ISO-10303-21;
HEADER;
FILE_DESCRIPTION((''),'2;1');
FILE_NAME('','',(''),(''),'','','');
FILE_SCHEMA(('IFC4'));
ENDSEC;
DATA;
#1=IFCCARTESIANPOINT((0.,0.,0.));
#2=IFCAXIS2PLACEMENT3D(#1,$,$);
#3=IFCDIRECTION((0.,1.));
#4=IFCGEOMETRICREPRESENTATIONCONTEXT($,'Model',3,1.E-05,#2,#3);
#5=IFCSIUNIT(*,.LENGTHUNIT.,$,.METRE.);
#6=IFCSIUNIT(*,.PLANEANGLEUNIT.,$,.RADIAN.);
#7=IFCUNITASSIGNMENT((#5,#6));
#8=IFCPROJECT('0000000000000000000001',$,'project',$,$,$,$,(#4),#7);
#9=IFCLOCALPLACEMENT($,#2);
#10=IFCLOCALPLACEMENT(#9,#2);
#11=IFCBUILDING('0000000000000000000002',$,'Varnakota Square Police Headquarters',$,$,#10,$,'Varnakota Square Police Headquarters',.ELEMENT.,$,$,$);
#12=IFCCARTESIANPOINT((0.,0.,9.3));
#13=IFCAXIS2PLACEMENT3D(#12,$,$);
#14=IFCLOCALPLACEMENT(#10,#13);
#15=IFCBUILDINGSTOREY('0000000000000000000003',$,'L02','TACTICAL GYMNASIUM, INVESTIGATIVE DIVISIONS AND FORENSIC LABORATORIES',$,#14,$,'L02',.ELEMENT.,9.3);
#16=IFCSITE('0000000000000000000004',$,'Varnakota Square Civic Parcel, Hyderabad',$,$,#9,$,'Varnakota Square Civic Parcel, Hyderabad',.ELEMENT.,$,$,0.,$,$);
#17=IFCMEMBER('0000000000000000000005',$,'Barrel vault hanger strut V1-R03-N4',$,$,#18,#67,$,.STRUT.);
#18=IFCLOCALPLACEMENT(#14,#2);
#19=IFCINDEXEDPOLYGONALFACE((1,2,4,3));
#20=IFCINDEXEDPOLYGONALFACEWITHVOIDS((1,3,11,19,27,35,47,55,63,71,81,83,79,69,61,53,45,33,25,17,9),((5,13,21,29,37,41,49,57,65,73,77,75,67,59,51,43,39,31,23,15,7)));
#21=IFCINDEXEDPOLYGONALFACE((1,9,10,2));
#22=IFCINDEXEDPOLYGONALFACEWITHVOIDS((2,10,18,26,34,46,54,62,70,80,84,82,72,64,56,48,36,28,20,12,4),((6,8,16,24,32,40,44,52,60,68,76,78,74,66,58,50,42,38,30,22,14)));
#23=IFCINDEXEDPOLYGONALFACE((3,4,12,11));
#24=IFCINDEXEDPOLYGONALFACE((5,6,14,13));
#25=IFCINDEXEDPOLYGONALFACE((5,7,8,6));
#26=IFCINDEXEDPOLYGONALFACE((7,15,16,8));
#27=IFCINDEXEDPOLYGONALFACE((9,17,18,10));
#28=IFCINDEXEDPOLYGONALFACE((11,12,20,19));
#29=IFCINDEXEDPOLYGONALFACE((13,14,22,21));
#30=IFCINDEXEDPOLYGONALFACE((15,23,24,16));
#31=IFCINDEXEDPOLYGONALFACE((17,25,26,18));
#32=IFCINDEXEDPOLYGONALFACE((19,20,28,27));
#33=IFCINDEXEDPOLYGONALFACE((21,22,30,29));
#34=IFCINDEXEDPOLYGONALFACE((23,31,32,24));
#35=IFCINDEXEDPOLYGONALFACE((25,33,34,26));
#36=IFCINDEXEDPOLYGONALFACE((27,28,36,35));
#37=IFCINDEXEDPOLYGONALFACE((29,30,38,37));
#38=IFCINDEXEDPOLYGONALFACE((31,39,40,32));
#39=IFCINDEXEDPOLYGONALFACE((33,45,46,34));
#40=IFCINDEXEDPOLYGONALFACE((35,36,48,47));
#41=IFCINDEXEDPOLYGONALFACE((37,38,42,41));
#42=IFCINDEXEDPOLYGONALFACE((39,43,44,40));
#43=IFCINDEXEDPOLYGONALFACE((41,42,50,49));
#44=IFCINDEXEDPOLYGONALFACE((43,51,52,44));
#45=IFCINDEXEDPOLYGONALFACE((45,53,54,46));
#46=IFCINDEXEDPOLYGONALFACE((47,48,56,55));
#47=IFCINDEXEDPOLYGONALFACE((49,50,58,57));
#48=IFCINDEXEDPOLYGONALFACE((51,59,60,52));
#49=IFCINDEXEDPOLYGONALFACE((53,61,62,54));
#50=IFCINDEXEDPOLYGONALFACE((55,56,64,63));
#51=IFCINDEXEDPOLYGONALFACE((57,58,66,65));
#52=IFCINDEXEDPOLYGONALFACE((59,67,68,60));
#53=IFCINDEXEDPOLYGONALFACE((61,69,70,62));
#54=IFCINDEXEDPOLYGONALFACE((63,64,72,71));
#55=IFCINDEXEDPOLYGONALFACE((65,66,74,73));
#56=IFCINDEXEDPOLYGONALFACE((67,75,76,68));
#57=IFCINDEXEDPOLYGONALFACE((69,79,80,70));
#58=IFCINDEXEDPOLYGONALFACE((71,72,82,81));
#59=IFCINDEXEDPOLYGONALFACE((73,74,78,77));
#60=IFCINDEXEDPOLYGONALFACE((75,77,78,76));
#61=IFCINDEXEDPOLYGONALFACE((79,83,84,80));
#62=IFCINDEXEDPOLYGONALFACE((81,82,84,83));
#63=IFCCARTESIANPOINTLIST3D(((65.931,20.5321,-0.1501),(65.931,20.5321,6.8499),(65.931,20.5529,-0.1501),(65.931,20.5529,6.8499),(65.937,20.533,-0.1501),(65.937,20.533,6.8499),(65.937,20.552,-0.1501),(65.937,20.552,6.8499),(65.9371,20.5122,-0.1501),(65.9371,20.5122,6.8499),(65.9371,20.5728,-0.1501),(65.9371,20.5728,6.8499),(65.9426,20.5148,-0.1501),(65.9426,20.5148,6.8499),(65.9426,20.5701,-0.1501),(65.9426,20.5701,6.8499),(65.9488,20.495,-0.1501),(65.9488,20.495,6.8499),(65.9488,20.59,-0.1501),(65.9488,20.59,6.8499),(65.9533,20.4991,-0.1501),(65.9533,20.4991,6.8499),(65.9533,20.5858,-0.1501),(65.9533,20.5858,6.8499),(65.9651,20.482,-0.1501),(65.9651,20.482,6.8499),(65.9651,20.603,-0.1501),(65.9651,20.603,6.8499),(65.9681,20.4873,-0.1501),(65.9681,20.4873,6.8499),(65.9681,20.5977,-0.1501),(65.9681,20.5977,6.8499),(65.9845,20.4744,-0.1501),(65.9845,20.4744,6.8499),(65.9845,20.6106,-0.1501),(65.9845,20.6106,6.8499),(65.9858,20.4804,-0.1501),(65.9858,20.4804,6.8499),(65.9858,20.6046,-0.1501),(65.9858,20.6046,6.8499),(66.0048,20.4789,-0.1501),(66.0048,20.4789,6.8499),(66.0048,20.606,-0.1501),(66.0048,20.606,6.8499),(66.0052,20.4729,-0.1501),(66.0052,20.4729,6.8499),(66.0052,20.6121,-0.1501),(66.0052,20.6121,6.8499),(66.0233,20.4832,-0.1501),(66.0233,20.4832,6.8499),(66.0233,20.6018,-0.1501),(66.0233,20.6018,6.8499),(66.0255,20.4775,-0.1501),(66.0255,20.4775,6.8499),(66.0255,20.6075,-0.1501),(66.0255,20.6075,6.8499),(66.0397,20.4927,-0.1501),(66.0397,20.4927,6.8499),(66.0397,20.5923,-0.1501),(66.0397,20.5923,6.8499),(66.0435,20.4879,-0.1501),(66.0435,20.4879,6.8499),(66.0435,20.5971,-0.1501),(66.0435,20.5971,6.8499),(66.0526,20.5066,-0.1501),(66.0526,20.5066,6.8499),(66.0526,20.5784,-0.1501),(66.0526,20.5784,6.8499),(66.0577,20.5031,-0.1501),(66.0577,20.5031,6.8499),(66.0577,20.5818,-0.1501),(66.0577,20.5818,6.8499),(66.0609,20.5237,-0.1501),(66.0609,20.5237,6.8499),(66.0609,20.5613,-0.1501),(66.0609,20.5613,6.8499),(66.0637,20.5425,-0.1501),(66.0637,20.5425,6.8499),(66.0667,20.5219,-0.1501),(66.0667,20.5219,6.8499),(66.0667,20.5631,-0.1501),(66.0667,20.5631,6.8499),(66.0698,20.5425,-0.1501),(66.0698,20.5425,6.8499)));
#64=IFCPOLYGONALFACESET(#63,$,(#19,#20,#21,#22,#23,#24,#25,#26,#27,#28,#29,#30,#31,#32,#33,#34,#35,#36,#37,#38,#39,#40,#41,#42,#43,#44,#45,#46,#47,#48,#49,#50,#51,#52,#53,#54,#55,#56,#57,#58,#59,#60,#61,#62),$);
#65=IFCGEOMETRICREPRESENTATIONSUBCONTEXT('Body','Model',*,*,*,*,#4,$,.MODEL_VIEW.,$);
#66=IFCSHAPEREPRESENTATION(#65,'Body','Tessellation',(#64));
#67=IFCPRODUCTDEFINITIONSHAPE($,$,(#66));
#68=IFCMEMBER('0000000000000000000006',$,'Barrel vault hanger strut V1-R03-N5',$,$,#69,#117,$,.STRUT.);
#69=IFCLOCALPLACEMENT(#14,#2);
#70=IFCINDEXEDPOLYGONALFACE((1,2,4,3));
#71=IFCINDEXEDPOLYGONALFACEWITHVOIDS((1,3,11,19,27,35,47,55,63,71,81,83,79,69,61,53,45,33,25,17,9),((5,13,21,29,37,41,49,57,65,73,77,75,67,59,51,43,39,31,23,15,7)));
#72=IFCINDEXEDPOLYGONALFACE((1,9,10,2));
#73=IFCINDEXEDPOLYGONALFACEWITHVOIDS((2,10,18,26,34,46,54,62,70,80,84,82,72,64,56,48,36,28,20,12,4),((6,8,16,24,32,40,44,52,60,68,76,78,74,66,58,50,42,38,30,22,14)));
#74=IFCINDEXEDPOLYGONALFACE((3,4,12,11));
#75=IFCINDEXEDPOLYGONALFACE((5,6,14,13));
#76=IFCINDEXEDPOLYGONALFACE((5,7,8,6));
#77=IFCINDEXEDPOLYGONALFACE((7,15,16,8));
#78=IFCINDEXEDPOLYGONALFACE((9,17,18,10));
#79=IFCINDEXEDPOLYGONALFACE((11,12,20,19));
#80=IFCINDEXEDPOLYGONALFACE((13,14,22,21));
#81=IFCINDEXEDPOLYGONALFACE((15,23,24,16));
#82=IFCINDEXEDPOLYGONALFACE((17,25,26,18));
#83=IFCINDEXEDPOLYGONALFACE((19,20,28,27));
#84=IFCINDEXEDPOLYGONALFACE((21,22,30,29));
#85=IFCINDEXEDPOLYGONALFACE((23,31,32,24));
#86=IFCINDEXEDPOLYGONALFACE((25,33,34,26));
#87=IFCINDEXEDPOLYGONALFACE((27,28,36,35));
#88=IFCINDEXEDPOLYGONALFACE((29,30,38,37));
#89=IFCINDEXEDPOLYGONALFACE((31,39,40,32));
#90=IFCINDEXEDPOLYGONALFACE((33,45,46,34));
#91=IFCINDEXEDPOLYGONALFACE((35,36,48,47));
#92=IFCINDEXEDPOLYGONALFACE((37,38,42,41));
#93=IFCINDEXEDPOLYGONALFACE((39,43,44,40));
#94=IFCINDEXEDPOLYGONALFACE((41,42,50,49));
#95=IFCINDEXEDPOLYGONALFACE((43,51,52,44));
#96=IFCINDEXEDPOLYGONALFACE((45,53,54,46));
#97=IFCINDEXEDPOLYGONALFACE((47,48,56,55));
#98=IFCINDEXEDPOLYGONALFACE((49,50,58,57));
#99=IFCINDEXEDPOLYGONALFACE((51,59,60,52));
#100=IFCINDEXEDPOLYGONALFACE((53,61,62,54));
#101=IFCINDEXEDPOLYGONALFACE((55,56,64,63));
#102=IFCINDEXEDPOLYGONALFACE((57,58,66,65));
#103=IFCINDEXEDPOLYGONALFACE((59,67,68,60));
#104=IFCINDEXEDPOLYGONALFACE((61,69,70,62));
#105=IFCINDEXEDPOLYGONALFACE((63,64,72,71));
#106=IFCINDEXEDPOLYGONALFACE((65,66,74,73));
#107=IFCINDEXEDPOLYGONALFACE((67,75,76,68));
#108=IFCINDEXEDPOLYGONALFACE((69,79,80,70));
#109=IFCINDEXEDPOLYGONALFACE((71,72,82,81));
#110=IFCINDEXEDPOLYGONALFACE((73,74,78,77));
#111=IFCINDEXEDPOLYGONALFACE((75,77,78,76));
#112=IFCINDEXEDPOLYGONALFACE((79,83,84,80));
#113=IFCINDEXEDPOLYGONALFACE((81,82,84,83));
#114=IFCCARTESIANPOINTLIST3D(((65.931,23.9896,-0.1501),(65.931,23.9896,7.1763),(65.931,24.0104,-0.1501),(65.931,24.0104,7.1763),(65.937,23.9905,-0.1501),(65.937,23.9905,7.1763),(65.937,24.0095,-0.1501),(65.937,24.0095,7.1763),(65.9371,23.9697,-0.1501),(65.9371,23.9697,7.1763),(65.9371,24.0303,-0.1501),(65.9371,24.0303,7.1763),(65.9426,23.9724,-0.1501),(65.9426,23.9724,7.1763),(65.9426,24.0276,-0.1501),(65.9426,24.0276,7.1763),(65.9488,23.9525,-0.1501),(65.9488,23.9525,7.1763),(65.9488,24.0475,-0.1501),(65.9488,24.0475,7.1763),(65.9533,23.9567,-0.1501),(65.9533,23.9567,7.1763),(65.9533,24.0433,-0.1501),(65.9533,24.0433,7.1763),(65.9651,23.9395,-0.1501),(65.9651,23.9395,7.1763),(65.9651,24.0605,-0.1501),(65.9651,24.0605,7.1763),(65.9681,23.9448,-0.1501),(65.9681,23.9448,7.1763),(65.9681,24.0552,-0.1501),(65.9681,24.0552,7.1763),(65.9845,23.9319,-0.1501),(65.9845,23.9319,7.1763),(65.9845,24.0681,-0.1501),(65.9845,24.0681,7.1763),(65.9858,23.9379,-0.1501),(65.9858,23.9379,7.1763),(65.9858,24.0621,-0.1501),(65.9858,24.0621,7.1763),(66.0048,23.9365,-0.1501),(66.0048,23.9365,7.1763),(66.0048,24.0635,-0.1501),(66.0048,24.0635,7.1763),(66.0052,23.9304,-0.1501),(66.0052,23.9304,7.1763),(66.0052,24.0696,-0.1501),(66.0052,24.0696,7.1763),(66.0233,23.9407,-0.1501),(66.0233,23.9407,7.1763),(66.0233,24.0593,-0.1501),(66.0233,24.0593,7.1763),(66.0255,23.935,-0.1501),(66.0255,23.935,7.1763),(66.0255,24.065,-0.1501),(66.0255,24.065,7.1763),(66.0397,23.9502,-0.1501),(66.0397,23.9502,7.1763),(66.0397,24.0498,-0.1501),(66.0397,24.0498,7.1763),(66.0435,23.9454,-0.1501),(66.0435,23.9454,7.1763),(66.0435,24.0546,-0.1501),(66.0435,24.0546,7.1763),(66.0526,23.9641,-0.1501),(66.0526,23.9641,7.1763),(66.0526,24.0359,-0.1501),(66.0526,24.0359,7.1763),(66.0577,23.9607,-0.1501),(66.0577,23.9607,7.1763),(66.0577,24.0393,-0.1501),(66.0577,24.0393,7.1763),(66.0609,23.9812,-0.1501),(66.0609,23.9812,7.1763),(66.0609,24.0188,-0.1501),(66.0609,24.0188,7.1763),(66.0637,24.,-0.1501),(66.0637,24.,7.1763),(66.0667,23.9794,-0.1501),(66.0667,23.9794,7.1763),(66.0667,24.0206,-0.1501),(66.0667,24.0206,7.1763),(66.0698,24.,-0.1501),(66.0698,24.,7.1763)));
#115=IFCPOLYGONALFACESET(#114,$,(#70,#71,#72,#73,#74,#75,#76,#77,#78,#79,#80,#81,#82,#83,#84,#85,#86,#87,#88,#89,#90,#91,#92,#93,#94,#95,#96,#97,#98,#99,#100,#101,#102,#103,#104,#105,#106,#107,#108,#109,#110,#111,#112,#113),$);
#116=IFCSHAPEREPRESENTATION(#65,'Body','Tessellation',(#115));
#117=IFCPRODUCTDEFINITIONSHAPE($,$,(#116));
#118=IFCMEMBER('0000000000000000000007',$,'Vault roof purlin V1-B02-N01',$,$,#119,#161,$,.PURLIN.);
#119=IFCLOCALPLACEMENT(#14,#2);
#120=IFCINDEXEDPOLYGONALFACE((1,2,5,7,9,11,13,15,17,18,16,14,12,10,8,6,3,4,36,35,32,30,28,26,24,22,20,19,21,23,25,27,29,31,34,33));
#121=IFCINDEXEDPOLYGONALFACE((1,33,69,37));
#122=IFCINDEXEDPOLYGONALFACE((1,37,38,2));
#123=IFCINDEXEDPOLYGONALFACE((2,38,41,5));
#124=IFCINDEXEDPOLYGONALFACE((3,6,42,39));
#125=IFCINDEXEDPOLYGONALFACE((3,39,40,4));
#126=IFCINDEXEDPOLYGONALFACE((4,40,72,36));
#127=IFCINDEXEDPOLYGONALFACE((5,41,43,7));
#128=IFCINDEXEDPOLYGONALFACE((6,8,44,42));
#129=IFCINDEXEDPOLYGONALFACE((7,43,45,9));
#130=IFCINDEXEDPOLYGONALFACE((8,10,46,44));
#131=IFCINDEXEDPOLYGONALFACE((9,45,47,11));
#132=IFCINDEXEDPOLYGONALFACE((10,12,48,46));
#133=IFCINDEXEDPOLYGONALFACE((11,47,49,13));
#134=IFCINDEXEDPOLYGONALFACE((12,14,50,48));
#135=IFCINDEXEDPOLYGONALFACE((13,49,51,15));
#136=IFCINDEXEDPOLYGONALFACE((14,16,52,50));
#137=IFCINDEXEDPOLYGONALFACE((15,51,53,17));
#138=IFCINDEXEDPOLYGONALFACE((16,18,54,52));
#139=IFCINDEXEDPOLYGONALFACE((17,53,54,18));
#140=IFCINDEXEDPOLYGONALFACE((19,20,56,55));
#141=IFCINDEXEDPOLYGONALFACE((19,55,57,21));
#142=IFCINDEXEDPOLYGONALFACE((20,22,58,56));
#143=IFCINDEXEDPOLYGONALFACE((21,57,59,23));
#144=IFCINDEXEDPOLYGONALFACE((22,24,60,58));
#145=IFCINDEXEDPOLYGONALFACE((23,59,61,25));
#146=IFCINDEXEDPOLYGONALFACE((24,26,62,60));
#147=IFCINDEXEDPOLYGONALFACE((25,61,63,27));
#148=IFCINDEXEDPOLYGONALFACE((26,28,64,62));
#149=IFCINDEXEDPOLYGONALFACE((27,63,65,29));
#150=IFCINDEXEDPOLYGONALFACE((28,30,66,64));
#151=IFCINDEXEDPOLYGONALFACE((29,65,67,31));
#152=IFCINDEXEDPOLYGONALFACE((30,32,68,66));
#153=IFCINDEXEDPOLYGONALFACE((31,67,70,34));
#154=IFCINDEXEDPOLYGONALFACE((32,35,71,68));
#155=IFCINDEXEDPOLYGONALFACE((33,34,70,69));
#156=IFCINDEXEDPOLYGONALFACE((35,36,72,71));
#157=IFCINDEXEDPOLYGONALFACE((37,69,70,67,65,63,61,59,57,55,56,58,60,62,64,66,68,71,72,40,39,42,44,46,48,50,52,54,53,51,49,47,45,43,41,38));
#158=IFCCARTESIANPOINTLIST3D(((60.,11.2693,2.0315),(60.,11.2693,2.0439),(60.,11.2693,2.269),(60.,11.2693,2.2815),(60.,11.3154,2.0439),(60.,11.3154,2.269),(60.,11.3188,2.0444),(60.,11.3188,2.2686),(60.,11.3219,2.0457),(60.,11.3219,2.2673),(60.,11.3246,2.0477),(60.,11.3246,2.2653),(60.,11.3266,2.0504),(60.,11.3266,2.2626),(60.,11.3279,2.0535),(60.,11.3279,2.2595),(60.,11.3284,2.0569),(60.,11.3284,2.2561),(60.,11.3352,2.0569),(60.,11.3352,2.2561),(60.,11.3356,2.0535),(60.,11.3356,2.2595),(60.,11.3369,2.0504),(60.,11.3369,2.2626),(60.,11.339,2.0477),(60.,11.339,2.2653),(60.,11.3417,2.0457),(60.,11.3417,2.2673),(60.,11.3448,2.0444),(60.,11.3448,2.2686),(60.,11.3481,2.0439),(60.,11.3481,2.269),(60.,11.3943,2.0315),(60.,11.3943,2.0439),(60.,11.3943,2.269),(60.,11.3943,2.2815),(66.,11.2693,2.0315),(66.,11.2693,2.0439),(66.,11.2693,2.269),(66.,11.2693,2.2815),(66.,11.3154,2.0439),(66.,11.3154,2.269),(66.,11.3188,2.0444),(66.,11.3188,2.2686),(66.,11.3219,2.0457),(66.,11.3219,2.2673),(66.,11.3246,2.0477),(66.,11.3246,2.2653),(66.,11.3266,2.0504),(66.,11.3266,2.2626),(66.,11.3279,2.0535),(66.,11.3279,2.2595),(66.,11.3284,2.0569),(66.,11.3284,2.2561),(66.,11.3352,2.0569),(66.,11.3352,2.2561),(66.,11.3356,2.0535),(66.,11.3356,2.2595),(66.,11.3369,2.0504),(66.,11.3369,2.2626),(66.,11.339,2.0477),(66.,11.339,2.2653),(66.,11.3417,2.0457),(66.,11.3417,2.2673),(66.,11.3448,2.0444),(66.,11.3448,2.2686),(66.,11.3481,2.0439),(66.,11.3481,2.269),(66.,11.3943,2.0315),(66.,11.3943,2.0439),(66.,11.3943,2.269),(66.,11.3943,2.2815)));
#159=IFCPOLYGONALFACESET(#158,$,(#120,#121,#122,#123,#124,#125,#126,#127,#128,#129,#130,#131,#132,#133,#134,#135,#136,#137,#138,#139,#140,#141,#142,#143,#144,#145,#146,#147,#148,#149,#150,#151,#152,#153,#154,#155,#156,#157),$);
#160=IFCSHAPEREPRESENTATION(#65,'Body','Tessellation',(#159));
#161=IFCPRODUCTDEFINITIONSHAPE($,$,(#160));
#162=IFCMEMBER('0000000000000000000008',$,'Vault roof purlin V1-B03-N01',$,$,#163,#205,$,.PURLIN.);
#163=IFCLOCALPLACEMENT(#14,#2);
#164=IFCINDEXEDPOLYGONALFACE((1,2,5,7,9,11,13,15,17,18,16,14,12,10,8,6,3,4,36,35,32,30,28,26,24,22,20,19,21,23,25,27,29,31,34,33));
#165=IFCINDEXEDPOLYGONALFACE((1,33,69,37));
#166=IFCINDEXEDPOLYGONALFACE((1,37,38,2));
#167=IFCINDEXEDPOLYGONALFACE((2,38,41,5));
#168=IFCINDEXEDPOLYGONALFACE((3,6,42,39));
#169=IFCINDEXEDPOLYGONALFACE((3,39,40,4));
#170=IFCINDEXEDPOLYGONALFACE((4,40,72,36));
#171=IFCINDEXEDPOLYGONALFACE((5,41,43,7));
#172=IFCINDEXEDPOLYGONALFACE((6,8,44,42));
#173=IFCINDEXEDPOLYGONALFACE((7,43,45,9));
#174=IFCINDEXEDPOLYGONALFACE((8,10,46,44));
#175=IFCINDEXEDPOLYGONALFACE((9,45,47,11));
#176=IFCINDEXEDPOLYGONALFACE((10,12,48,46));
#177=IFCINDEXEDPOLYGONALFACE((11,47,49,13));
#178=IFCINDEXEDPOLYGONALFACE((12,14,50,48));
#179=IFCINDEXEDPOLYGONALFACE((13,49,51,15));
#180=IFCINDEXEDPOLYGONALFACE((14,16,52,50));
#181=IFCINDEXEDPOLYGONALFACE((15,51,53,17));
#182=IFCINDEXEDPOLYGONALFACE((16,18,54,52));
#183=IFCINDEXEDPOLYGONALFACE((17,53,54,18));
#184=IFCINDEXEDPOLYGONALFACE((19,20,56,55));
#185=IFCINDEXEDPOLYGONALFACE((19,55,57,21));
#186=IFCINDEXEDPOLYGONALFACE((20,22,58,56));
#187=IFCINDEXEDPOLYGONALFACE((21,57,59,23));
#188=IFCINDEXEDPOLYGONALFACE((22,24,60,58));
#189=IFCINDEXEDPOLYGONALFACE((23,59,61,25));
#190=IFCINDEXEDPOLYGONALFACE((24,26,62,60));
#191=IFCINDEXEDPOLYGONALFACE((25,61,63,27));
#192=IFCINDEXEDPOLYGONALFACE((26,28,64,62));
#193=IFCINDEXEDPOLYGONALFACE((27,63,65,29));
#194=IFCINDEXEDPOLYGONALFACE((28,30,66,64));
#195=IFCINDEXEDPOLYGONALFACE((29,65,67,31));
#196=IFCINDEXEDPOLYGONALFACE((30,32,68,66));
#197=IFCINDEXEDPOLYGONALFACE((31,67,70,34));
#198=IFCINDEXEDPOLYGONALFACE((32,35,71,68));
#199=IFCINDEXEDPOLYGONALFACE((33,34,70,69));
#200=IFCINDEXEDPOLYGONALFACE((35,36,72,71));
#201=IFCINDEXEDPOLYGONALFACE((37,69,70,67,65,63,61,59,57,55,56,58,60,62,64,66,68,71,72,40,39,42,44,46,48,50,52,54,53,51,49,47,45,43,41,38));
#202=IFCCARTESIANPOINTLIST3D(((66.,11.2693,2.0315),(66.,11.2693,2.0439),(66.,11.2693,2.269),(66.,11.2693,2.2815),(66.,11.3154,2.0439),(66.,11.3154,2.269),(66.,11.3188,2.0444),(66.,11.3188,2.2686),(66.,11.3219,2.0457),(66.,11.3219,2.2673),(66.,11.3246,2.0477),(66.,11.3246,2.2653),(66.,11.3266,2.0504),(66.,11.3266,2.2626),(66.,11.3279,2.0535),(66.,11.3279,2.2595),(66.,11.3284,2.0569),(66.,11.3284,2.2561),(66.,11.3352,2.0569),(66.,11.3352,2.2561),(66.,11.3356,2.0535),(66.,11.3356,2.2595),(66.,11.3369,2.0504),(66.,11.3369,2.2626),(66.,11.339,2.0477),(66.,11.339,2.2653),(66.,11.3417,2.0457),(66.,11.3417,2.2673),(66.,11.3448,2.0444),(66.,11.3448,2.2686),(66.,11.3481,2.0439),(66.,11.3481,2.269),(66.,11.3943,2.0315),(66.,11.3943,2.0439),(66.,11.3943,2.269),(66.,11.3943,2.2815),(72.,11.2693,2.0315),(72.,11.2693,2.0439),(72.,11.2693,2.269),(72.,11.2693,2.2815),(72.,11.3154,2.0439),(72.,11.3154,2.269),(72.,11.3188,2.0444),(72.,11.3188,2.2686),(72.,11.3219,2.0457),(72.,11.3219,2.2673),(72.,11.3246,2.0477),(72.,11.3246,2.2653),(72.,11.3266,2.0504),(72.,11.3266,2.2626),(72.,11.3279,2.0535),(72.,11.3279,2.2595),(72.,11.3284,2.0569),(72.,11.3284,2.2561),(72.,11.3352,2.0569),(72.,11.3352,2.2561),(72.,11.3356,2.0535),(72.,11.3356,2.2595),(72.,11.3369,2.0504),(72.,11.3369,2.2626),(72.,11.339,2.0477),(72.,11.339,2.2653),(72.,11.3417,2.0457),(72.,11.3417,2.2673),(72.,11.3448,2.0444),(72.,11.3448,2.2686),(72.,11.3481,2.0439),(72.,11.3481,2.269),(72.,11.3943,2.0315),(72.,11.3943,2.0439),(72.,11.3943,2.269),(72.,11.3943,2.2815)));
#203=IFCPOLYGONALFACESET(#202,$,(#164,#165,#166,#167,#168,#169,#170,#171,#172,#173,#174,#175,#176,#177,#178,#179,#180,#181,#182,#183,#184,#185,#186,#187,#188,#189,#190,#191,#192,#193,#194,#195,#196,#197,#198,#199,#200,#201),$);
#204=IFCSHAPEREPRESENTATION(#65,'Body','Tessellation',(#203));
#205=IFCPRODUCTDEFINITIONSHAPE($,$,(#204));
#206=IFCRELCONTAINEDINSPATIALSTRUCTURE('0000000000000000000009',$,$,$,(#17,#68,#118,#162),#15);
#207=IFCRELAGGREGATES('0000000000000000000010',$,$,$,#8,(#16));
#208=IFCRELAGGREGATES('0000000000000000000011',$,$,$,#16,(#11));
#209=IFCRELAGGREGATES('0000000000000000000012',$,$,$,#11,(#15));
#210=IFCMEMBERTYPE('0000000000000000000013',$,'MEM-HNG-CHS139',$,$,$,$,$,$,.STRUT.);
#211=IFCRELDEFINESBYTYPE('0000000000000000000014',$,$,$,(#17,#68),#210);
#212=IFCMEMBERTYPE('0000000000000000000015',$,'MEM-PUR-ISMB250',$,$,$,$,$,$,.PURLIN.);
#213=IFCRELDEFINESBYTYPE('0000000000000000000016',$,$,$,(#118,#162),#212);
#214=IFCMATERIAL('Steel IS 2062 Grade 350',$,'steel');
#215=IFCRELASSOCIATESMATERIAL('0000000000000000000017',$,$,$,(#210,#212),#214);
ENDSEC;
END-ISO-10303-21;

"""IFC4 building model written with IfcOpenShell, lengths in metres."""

from ifc_helpers import new_model, si_unit, direction, frame, origin, origin_2d, place, context, subcontext, project, spatial, hollow_circle, i_section, extrude, material, material_profile, profile_set, type_object, element, save


model = new_model("IFC4")

# Units and contexts
model_context = context("Model", 3, precision=1e-05, world=origin(), true_north=direction((0.0, 1.0)))
body_context = subcontext(model_context, "Body", "Model", "MODEL_VIEW")
ifc_project = project(units=[si_unit("LENGTHUNIT", "METRE"), si_unit("PLANEANGLEUNIT", "RADIAN")], contexts=[model_context])

# Site, building, storey
site_placement = place(None, origin())
site = spatial("IfcSite", under=ifc_project, at=site_placement, Name="Varnakota Square Civic Parcel, Hyderabad", LongName="Varnakota Square Civic Parcel, Hyderabad", CompositionType="ELEMENT", RefElevation=0.0)
building_placement = place(site_placement, origin())
building = spatial("IfcBuilding", under=site, at=building_placement, Name="Varnakota Square Police Headquarters", LongName="Varnakota Square Police Headquarters", CompositionType="ELEMENT")
storey_placement = place(building_placement, frame((0.0, 0.0, 9.3)))
storey = spatial("IfcBuildingStorey", under=building, at=storey_placement, Name="L02", Description="TACTICAL GYMNASIUM, INVESTIGATIVE DIVISIONS AND FORENSIC LABORATORIES", LongName="L02", CompositionType="ELEMENT", Elevation=9.3)

# Shared definitions
ifc_material_1 = material(Name="Steel IS 2062 Grade 350", Category="steel")

# Members
ifc_material_profile_1 = material_profile(ifc_material_1, hollow_circle(Radius=0.0698, WallThickness=0.0061, at=origin_2d()), Name="CHS 139.7x6.0")
ifc_profile_set_1 = profile_set([ifc_material_profile_1], Name="Steel IS 2062 Grade 350")
member_type_1 = type_object("IfcMemberType", Name="MEM-HNG-CHS139", PredefinedType="STRUT", material=ifc_profile_set_1)
member_1_placement = place(storey_placement, frame((66.0, 20.5425, -0.1501), z_axis=(0.0, 0.0, 1.0), x_axis=(1.0, 0.0, 0.0)))
element("IfcMember", 1, at=member_1_placement, inside=storey, type_object=member_type_1, Name="Barrel vault hanger strut V1-R03-N4", PredefinedType="STRUT", context=body_context, shape_type="SweptSolid", body=[
    extrude(hollow_circle(Radius=0.0698, WallThickness=0.0061, at=origin_2d()), origin(), (0.0, 0.0, 1.0), 7.0),
])
member_2_placement = place(storey_placement, frame((66.0, 24.0, -0.1501), z_axis=(0.0, 0.0, 1.0), x_axis=(1.0, 0.0, 0.0)))
element("IfcMember", 2, at=member_2_placement, inside=storey, type_object=member_type_1, Name="Barrel vault hanger strut V1-R03-N5", PredefinedType="STRUT", context=body_context, shape_type="SweptSolid", body=[
    extrude(hollow_circle(Radius=0.0698, WallThickness=0.0061, at=origin_2d()), origin(), (0.0, 0.0, 1.0), 7.3264),
])
ifc_material_profile_2 = material_profile(ifc_material_1, i_section(OverallWidth=0.125, OverallDepth=0.25, WebThickness=0.0068, FlangeThickness=0.0125, FilletRadius=0.0129, at=origin_2d()), Name="ISMB 250")
ifc_profile_set_2 = profile_set([ifc_material_profile_2], Name="Steel IS 2062 Grade 350")
member_type_2 = type_object("IfcMemberType", Name="MEM-PUR-ISMB250", PredefinedType="PURLIN", material=ifc_profile_set_2)
for number, where, z_axis, x_axis, name in (
    (3, (60.0, 11.3318, 2.1565), (1.0, 0.0, 0.0), (0.0, 1.0, 0.0), "Vault roof purlin V1-B02-N01"),
    (4, (66.0, 11.3318, 2.1565), (1.0, 0.0, 0.0), (0.0, 1.0, 0.0), "Vault roof purlin V1-B03-N01"),
):
    element("IfcMember", number, at=place(storey_placement, frame(where, z_axis=z_axis, x_axis=x_axis)), inside=storey, type_object=member_type_2, Name=name, PredefinedType="PURLIN", context=body_context, shape_type="SweptSolid", body=[
        extrude(i_section(OverallWidth=0.125, OverallDepth=0.25, WebThickness=0.0068, FlangeThickness=0.0125, FilletRadius=0.0129, at=origin_2d()), origin(), (0.0, 0.0, 1.0), 6.0),
    ])

save(model, "model.ifc")
